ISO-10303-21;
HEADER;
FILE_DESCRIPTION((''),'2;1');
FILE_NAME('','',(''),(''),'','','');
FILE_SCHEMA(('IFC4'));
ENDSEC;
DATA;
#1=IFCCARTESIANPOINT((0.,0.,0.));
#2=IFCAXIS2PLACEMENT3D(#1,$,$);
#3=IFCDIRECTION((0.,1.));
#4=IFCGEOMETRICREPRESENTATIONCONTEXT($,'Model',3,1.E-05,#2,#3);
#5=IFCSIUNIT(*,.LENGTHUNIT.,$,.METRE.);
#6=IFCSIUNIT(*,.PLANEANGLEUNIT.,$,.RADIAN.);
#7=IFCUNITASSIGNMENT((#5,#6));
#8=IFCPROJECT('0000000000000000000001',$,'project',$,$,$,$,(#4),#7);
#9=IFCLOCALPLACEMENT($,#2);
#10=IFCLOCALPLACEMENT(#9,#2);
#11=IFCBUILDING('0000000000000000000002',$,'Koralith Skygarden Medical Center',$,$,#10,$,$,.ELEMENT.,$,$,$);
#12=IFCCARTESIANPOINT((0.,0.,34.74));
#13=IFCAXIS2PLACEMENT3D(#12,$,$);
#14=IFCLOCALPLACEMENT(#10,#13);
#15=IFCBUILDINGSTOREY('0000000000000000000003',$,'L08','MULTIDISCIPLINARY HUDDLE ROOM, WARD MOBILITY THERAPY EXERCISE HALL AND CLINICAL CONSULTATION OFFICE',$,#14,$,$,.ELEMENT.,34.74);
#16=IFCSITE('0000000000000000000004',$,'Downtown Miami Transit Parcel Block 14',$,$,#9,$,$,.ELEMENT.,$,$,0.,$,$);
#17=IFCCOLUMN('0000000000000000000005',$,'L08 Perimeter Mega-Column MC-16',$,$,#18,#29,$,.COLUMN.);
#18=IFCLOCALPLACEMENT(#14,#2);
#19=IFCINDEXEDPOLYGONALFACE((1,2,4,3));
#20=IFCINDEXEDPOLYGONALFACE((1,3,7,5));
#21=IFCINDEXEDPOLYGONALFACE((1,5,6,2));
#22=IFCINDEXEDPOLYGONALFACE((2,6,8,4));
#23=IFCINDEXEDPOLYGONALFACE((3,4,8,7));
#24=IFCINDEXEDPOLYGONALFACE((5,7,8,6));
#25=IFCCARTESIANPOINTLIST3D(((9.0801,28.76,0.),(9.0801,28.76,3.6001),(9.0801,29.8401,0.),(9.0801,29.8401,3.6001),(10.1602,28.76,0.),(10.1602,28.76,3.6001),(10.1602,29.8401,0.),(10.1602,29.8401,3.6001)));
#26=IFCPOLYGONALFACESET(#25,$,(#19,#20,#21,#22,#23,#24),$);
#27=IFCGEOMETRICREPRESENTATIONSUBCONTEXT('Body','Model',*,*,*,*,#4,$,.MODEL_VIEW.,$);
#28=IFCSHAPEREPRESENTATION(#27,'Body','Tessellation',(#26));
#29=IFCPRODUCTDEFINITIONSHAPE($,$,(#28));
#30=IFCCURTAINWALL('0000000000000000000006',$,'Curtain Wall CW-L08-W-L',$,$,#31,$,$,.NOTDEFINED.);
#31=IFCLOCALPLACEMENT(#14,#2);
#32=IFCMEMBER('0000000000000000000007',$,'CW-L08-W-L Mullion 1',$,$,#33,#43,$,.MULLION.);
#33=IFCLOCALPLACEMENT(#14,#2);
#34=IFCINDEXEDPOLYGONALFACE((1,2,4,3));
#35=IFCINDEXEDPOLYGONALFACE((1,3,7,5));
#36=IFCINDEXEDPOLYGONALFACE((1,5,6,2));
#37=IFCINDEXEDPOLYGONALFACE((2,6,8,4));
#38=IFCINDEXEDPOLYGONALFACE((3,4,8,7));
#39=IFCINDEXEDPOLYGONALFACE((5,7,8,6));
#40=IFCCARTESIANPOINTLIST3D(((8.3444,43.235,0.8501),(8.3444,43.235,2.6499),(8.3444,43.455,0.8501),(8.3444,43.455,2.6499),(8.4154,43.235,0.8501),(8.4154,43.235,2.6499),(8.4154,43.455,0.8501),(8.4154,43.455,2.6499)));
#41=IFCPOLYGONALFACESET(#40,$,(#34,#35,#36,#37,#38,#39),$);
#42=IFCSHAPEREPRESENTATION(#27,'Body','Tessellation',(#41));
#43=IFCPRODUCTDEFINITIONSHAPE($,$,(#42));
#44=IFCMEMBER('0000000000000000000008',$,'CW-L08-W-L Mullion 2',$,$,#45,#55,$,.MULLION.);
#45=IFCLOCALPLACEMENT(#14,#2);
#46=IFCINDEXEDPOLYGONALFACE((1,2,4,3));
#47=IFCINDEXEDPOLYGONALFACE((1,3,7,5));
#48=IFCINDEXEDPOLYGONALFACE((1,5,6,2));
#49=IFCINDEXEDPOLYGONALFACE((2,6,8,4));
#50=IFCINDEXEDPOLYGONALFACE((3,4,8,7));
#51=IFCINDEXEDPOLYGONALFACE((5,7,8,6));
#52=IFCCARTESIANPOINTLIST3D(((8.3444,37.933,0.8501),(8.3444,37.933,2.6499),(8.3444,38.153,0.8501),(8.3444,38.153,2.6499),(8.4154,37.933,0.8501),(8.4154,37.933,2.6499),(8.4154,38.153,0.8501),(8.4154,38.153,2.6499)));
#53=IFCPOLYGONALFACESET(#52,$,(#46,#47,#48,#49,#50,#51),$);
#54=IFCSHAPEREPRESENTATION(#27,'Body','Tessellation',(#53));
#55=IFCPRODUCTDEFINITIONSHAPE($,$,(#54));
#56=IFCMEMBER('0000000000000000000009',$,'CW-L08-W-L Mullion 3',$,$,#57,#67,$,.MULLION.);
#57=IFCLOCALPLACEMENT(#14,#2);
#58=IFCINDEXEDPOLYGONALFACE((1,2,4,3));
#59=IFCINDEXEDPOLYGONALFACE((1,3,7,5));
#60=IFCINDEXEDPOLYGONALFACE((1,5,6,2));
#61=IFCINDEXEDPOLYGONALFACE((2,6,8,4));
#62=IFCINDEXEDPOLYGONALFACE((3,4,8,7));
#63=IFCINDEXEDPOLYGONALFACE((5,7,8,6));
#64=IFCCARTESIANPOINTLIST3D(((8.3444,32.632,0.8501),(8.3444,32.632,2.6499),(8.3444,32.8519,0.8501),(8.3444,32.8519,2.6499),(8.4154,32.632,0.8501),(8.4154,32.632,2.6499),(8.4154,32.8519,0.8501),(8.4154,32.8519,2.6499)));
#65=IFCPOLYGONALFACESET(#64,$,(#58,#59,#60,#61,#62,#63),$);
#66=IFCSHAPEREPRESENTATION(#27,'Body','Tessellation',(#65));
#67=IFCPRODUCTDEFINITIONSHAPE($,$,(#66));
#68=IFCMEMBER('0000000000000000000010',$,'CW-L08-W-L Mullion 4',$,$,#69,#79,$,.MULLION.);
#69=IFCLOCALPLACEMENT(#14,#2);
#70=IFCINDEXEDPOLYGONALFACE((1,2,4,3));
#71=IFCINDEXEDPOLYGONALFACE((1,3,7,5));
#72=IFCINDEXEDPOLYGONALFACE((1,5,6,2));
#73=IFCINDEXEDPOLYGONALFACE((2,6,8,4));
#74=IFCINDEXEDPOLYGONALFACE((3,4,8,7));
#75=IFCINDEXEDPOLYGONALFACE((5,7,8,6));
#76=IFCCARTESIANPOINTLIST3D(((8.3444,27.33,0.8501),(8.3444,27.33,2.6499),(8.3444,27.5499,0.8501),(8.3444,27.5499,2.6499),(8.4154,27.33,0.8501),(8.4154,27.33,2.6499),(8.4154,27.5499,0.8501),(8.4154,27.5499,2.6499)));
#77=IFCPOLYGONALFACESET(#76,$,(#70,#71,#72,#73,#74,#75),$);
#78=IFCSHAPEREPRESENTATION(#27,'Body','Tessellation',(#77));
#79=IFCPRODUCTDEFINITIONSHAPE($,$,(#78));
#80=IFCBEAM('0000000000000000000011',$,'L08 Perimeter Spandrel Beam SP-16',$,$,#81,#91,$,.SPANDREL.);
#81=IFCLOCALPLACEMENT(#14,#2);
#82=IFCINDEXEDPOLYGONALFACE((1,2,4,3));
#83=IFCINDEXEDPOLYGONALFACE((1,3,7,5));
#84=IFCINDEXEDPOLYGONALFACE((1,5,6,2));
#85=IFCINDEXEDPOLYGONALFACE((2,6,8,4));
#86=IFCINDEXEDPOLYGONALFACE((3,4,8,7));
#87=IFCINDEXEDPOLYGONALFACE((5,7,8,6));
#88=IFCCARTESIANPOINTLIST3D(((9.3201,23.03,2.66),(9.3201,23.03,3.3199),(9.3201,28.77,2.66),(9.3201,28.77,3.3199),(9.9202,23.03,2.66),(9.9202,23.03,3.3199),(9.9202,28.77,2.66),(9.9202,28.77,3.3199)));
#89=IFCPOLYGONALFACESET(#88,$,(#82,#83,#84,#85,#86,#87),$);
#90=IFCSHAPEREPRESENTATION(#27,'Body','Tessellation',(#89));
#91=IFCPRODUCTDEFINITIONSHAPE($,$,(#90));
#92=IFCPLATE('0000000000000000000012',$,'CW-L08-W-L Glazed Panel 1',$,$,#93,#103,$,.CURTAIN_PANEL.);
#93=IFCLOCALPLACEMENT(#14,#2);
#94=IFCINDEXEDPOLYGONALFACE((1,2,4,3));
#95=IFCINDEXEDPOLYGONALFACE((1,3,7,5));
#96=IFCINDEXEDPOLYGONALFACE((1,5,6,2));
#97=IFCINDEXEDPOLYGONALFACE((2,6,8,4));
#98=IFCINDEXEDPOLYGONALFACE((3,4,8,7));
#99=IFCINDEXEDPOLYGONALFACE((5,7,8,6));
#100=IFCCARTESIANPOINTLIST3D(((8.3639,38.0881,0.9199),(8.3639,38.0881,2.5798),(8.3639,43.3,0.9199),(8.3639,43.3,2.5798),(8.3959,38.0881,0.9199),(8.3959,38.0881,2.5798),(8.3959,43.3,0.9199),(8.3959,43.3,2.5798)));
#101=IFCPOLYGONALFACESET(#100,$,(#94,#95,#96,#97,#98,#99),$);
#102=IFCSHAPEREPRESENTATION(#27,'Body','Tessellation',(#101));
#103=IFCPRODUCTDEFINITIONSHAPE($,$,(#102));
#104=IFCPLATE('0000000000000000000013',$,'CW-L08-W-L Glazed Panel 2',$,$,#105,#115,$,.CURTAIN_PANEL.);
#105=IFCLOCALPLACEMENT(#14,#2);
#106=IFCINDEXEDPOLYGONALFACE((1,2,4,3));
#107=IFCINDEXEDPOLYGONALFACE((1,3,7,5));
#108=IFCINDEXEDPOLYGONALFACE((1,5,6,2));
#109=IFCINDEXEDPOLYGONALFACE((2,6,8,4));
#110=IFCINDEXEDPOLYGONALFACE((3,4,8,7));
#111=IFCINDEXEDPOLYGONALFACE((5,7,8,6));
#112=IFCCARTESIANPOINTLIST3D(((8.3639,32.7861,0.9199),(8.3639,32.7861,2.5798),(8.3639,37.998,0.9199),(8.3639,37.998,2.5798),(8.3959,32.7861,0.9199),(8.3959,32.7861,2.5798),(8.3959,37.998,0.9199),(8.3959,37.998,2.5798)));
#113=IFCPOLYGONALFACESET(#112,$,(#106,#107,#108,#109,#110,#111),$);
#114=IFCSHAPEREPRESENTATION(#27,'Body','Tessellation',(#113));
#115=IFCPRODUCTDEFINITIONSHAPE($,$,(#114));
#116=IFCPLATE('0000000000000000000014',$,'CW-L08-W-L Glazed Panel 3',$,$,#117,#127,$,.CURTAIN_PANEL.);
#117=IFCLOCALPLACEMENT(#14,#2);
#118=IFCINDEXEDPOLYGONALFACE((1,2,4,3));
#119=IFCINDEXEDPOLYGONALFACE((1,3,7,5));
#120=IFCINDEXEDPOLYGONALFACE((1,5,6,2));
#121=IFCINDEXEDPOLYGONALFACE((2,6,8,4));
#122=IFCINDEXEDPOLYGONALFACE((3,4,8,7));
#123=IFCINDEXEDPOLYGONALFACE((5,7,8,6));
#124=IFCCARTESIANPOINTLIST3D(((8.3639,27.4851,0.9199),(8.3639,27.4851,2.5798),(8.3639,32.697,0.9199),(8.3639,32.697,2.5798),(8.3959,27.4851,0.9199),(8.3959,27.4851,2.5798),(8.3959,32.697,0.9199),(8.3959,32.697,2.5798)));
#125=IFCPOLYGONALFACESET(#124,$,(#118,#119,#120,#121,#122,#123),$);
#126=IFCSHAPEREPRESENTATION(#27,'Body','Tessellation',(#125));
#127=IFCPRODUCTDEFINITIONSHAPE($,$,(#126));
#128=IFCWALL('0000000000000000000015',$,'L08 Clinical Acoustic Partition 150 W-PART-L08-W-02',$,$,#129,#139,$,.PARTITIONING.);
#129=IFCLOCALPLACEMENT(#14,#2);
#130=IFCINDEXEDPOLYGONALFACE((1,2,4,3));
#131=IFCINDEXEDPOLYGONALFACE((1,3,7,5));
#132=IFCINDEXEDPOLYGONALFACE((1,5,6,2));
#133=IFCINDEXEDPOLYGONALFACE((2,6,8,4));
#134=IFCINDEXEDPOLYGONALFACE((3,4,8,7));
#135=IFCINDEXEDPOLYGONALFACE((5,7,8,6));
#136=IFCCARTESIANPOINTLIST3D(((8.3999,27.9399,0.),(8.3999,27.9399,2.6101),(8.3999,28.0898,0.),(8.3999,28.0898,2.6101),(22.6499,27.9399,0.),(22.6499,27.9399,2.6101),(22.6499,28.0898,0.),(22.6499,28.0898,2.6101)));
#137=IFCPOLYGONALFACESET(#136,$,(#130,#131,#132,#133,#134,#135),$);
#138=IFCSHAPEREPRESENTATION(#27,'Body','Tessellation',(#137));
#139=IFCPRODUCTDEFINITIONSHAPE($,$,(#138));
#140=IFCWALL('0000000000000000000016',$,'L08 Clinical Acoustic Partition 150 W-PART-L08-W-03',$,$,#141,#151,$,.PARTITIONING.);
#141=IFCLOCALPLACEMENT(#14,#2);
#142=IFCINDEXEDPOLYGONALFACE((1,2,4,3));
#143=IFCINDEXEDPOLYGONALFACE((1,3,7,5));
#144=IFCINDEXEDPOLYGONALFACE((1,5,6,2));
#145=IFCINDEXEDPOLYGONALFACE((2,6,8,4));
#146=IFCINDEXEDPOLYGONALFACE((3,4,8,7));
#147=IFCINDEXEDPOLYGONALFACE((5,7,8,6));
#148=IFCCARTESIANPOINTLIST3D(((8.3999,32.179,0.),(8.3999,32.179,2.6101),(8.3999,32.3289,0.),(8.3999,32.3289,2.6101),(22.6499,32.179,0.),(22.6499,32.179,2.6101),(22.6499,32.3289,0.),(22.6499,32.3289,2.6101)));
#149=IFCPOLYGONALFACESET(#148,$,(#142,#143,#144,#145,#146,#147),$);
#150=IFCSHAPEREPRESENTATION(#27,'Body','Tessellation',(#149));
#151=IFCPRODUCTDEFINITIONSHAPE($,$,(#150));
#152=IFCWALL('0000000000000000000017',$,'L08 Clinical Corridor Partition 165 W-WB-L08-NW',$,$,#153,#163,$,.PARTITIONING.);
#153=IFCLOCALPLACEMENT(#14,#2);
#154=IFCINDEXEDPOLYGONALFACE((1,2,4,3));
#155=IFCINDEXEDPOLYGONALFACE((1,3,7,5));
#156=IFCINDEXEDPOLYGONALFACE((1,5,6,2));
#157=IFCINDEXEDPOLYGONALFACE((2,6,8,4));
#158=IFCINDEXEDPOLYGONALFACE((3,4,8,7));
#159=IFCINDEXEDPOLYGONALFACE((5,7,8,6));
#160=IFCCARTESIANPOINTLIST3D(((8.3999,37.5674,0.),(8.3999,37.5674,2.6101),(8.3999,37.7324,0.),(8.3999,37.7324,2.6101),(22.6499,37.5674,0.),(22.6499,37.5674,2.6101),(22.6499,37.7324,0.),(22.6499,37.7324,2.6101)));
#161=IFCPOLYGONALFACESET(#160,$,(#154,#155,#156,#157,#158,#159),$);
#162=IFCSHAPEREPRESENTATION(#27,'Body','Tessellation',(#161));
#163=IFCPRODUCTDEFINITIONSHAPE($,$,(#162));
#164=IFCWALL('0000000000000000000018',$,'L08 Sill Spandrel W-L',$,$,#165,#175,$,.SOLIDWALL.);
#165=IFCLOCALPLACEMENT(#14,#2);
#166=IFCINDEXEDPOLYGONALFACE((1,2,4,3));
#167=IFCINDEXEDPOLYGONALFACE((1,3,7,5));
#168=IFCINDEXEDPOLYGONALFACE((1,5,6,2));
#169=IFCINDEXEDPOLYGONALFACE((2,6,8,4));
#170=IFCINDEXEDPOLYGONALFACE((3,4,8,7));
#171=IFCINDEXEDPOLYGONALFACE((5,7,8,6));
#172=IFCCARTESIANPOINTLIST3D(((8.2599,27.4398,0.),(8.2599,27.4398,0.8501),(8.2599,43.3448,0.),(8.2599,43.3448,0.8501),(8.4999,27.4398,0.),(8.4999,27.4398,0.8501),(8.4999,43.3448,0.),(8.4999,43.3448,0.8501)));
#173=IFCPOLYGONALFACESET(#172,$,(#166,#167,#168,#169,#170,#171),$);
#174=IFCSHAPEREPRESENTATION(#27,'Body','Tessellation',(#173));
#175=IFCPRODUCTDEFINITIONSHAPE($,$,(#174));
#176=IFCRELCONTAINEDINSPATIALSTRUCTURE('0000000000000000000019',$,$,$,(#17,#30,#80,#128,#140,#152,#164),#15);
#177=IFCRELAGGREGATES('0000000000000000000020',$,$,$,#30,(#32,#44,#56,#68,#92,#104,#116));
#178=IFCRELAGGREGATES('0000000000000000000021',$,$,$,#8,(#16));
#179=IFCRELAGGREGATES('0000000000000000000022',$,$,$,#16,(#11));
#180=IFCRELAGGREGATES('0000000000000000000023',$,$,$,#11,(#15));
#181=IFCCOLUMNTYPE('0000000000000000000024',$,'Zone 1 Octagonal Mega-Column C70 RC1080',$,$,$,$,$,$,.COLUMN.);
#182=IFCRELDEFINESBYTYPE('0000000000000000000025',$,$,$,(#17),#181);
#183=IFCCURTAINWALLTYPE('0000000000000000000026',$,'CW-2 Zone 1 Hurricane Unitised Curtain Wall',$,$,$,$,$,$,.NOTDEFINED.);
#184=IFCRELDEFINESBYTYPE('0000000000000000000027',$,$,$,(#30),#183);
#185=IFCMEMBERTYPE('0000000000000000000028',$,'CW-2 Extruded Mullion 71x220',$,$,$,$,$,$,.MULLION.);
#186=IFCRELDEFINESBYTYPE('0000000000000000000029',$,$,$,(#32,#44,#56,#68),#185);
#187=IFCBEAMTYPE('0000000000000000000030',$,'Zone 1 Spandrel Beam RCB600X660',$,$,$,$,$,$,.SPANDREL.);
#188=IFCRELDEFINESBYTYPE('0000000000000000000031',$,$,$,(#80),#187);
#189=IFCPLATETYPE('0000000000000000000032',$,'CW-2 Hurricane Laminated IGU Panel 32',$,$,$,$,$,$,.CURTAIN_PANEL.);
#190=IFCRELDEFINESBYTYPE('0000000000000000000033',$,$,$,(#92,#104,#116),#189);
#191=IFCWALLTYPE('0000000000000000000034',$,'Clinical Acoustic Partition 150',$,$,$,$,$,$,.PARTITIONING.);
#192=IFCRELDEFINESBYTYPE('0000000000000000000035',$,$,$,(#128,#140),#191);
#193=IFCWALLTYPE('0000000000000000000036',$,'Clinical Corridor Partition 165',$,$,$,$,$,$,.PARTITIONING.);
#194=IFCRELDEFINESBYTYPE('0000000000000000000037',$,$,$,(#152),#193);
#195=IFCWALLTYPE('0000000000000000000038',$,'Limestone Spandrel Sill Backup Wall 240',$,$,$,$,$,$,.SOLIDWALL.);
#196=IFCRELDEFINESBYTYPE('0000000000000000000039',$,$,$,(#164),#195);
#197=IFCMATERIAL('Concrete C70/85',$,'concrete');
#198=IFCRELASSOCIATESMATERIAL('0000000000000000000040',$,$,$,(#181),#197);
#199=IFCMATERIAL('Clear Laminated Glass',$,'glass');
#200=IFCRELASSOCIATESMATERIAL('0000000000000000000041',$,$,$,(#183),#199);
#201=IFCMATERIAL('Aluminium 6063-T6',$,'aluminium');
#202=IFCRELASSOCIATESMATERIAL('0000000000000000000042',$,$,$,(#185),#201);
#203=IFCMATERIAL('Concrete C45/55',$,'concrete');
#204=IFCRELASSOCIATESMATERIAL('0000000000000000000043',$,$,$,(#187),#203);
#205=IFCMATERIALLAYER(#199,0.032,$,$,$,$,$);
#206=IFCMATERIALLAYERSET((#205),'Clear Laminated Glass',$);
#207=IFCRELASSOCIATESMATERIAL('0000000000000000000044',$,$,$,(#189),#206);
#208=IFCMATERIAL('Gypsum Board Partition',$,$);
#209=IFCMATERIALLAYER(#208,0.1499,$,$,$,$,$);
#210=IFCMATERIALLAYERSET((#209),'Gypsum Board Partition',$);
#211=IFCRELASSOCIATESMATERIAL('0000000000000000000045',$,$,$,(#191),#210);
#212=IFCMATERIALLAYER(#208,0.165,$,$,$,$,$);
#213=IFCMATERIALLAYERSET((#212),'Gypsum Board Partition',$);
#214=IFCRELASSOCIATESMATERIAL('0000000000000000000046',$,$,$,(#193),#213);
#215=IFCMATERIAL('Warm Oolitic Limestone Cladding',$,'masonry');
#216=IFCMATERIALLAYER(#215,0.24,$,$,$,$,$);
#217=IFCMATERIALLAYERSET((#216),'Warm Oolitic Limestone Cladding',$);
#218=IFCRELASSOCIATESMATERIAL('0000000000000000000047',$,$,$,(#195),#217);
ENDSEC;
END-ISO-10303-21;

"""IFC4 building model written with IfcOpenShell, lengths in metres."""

from ifc_helpers import new_model, si_unit, direction, frame, frame_2d, origin, origin_2d, place, context, subcontext, project, spatial, rectangle, extrude, material, layer, layer_set, material_profile, profile_set, type_object, element, aggregate, save


model = new_model("IFC4")

# Units and contexts
model_context = context("Model", 3, precision=1e-05, world=origin(), true_north=direction((0.0, 1.0)))
body_context = subcontext(model_context, "Body", "Model", "MODEL_VIEW")
ifc_project = project(units=[si_unit("LENGTHUNIT", "METRE"), si_unit("PLANEANGLEUNIT", "RADIAN")], contexts=[model_context])

# Site, building, storey
site_placement = place(None, origin())
site = spatial("IfcSite", under=ifc_project, at=site_placement, Name="Downtown Miami Transit Parcel Block 14", CompositionType="ELEMENT", RefElevation=0.0)
building_placement = place(site_placement, origin())
building = spatial("IfcBuilding", under=site, at=building_placement, Name="Koralith Skygarden Medical Center", CompositionType="ELEMENT")
storey_placement = place(building_placement, frame((0.0, 0.0, 34.74)))
storey = spatial("IfcBuildingStorey", under=building, at=storey_placement, Name="L08", Description="MULTIDISCIPLINARY HUDDLE ROOM, WARD MOBILITY THERAPY EXERCISE HALL AND CLINICAL CONSULTATION OFFICE", CompositionType="ELEMENT", Elevation=34.74)

# Column
ifc_material_1 = material(Name="Concrete C70/85", Category="concrete")
ifc_material_profile_1 = material_profile(ifc_material_1, rectangle(XDim=1.0801, YDim=1.0801, at=origin_2d()), Name="RC1080X1080")
ifc_profile_set_1 = profile_set([ifc_material_profile_1], Name="Concrete C70/85")
column_type = type_object("IfcColumnType", Name="Zone 1 Octagonal Mega-Column C70 RC1080", PredefinedType="COLUMN", material=ifc_profile_set_1)
column_placement = place(storey_placement, frame((9.6201, 29.3, 0.0), z_axis=(0.0, 0.0, 1.0), x_axis=(1.0, 0.0, 0.0)))
element("IfcColumn", 1, at=column_placement, inside=storey, type_object=column_type, Name="L08 Perimeter Mega-Column MC-16", PredefinedType="COLUMN", context=body_context, shape_type="SweptSolid", body=[
    extrude(rectangle(XDim=1.0801, YDim=1.0801, at=origin_2d()), origin(), (0.0, 0.0, 1.0), 3.6001),
])

# Curtain wall, members
ifc_material_2 = material(Name="Clear Laminated Glass", Category="glass")
curtain_wall_type = type_object("IfcCurtainWallType", Name="CW-2 Zone 1 Hurricane Unitised Curtain Wall", PredefinedType="NOTDEFINED", material=ifc_material_2)
curtain_wall_placement = place(storey_placement, origin())
curtain_wall = element("IfcCurtainWall", 2, at=curtain_wall_placement, inside=storey, type_object=curtain_wall_type, Name="Curtain Wall CW-L08-W-L", PredefinedType="NOTDEFINED")
ifc_material_3 = material(Name="Aluminium 6063-T6", Category="aluminium")
ifc_material_profile_2 = material_profile(ifc_material_3, rectangle(XDim=0.071, YDim=0.22, at=origin_2d()), Name="MUL71X220")
ifc_profile_set_2 = profile_set([ifc_material_profile_2], Name="Aluminium 6063-T6")
member_type = type_object("IfcMemberType", Name="CW-2 Extruded Mullion 71x220", PredefinedType="MULLION", material=ifc_profile_set_2)
member_1_placement = place(storey_placement, frame((8.3799, 43.345, 0.8501), z_axis=(0.0, 0.0, 1.0), x_axis=(1.0, 0.0, 0.0)))
member_1 = element("IfcMember", 3, at=member_1_placement, type_object=member_type, Name="CW-L08-W-L Mullion 1", PredefinedType="MULLION", context=body_context, shape_type="SweptSolid", body=[
    extrude(rectangle(XDim=0.071, YDim=0.22, at=origin_2d()), origin(), (0.0, 0.0, 1.0), 1.7998),
])
member_2_placement = place(storey_placement, frame((8.3799, 38.043, 0.8501), z_axis=(0.0, 0.0, 1.0), x_axis=(1.0, 0.0, 0.0)))
member_2 = element("IfcMember", 4, at=member_2_placement, type_object=member_type, Name="CW-L08-W-L Mullion 2", PredefinedType="MULLION", context=body_context, shape_type="SweptSolid", body=[
    extrude(rectangle(XDim=0.071, YDim=0.22, at=origin_2d()), origin(), (0.0, 0.0, 1.0), 1.7998),
])
member_3_placement = place(storey_placement, frame((8.3799, 32.7419, 0.8501), z_axis=(0.0, 0.0, 1.0), x_axis=(1.0, 0.0, 0.0)))
member_3 = element("IfcMember", 5, at=member_3_placement, type_object=member_type, Name="CW-L08-W-L Mullion 3", PredefinedType="MULLION", context=body_context, shape_type="SweptSolid", body=[
    extrude(rectangle(XDim=0.071, YDim=0.22, at=origin_2d()), origin(), (0.0, 0.0, 1.0), 1.7998),
])
member_4_placement = place(storey_placement, frame((8.3799, 27.4399, 0.8501), z_axis=(0.0, 0.0, 1.0), x_axis=(1.0, 0.0, 0.0)))
member_4 = element("IfcMember", 6, at=member_4_placement, type_object=member_type, Name="CW-L08-W-L Mullion 4", PredefinedType="MULLION", context=body_context, shape_type="SweptSolid", body=[
    extrude(rectangle(XDim=0.071, YDim=0.22, at=origin_2d()), origin(), (0.0, 0.0, 1.0), 1.7998),
])

# Beam
ifc_material_4 = material(Name="Concrete C45/55", Category="concrete")
ifc_material_profile_3 = material_profile(ifc_material_4, rectangle(XDim=0.6001, YDim=0.6599, at=origin_2d()), Name="RCB600X660")
ifc_profile_set_3 = profile_set([ifc_material_profile_3], Name="Concrete C45/55")
beam_type = type_object("IfcBeamType", Name="Zone 1 Spandrel Beam RCB600X660", PredefinedType="SPANDREL", material=ifc_profile_set_3)
beam_placement = place(storey_placement, frame((9.6201, 28.77, 2.99), z_axis=(0.0, -1.0, 0.0), x_axis=(1.0, 0.0, 0.0)))
element("IfcBeam", 7, at=beam_placement, inside=storey, type_object=beam_type, Name="L08 Perimeter Spandrel Beam SP-16", PredefinedType="SPANDREL", context=body_context, shape_type="SweptSolid", body=[
    extrude(rectangle(XDim=0.6001, YDim=0.6599, at=origin_2d()), origin(), (0.0, 0.0, 1.0), 5.74),
])

# Plates
ifc_layer_1 = layer(ifc_material_2, 0.032)
ifc_layer_set_1 = layer_set([ifc_layer_1], Name="Clear Laminated Glass")
plate_type = type_object("IfcPlateType", Name="CW-2 Hurricane Laminated IGU Panel 32", PredefinedType="CURTAIN_PANEL", material=ifc_layer_set_1)
plate_1_placement = place(storey_placement, frame((8.3799, 40.6941, 0.9199), z_axis=(0.0, 0.0, 1.0), x_axis=(0.0, -1.0, 0.0)))
plate_1 = element("IfcPlate", 8, at=plate_1_placement, type_object=plate_type, Name="CW-L08-W-L Glazed Panel 1", PredefinedType="CURTAIN_PANEL", context=body_context, shape_type="SweptSolid", body=[
    extrude(rectangle(XDim=5.2119, YDim=0.032, at=origin_2d()), origin(), (0.0, 0.0, 1.0), 1.6599),
])
plate_2_placement = place(storey_placement, frame((8.3799, 35.3921, 0.9199), z_axis=(0.0, 0.0, 1.0), x_axis=(0.0, -1.0, 0.0)))
plate_2 = element("IfcPlate", 9, at=plate_2_placement, type_object=plate_type, Name="CW-L08-W-L Glazed Panel 2", PredefinedType="CURTAIN_PANEL", context=body_context, shape_type="SweptSolid", body=[
    extrude(rectangle(XDim=5.2119, YDim=0.032, at=origin_2d()), origin(), (0.0, 0.0, 1.0), 1.6599),
])
plate_3_placement = place(storey_placement, frame((8.3799, 30.0911, 0.9199), z_axis=(0.0, 0.0, 1.0), x_axis=(0.0, -1.0, 0.0)))
plate_3 = element("IfcPlate", 10, at=plate_3_placement, type_object=plate_type, Name="CW-L08-W-L Glazed Panel 3", PredefinedType="CURTAIN_PANEL", context=body_context, shape_type="SweptSolid", body=[
    extrude(rectangle(XDim=5.2119, YDim=0.032, at=origin_2d()), origin(), (0.0, 0.0, 1.0), 1.6599),
])
aggregate(curtain_wall, [member_1, member_2, member_3, member_4, plate_1, plate_2, plate_3])

# Walls
ifc_material_5 = material(Name="Gypsum Board Partition")
ifc_layer_2 = layer(ifc_material_5, 0.1499)
ifc_layer_set_2 = layer_set([ifc_layer_2], Name="Gypsum Board Partition")
wall_type_1 = type_object("IfcWallType", Name="Clinical Acoustic Partition 150", PredefinedType="PARTITIONING", material=ifc_layer_set_2)
for number, where, z_axis, x_axis, name in (
    (11, (22.6499, 28.0149, 0.0), (0.0, 0.0, 1.0), (-1.0, 0.0, 0.0), "L08 Clinical Acoustic Partition 150 W-PART-L08-W-02"),
    (12, (22.6499, 32.2539, 0.0), (0.0, 0.0, 1.0), (-1.0, 0.0, 0.0), "L08 Clinical Acoustic Partition 150 W-PART-L08-W-03"),
):
    element("IfcWall", number, at=place(storey_placement, frame(where, z_axis=z_axis, x_axis=x_axis)), inside=storey, type_object=wall_type_1, Name=name, PredefinedType="PARTITIONING", context=body_context, shape_type="SweptSolid", body=[
        extrude(rectangle(XDim=14.25, YDim=0.1499, at=frame_2d((7.125, 0.0))), origin(), (0.0, 0.0, 1.0), 2.6101),
    ])
ifc_layer_3 = layer(ifc_material_5, 0.165)
ifc_layer_set_3 = layer_set([ifc_layer_3], Name="Gypsum Board Partition")
wall_type_2 = type_object("IfcWallType", Name="Clinical Corridor Partition 165", PredefinedType="PARTITIONING", material=ifc_layer_set_3)
wall_1_placement = place(storey_placement, frame((8.3999, 37.6499, 0.0), z_axis=(0.0, 0.0, 1.0), x_axis=(1.0, 0.0, 0.0)))
element("IfcWall", 13, at=wall_1_placement, inside=storey, type_object=wall_type_2, Name="L08 Clinical Corridor Partition 165 W-WB-L08-NW", PredefinedType="PARTITIONING", context=body_context, shape_type="SweptSolid", body=[
    extrude(rectangle(XDim=14.25, YDim=0.165, at=frame_2d((7.125, 0.0))), origin(), (0.0, 0.0, 1.0), 2.6101),
])

# Wall
ifc_material_6 = material(Name="Warm Oolitic Limestone Cladding", Category="masonry")
ifc_layer_4 = layer(ifc_material_6, 0.24)
ifc_layer_set_4 = layer_set([ifc_layer_4], Name="Warm Oolitic Limestone Cladding")
wall_type_3 = type_object("IfcWallType", Name="Limestone Spandrel Sill Backup Wall 240", PredefinedType="SOLIDWALL", material=ifc_layer_set_4)
wall_2_placement = place(storey_placement, frame((8.3799, 43.345, 0.0), z_axis=(0.0, 0.0, 1.0), x_axis=(0.0, -1.0, 0.0)))
element("IfcWall", 14, at=wall_2_placement, inside=storey, type_object=wall_type_3, Name="L08 Sill Spandrel W-L", PredefinedType="SOLIDWALL", context=body_context, shape_type="SweptSolid", body=[
    extrude(rectangle(XDim=15.905, YDim=0.24, at=frame_2d((7.9526, 0.0))), origin(), (0.0, 0.0, 1.0), 0.8501),
])

save(model, "model.ifc")
